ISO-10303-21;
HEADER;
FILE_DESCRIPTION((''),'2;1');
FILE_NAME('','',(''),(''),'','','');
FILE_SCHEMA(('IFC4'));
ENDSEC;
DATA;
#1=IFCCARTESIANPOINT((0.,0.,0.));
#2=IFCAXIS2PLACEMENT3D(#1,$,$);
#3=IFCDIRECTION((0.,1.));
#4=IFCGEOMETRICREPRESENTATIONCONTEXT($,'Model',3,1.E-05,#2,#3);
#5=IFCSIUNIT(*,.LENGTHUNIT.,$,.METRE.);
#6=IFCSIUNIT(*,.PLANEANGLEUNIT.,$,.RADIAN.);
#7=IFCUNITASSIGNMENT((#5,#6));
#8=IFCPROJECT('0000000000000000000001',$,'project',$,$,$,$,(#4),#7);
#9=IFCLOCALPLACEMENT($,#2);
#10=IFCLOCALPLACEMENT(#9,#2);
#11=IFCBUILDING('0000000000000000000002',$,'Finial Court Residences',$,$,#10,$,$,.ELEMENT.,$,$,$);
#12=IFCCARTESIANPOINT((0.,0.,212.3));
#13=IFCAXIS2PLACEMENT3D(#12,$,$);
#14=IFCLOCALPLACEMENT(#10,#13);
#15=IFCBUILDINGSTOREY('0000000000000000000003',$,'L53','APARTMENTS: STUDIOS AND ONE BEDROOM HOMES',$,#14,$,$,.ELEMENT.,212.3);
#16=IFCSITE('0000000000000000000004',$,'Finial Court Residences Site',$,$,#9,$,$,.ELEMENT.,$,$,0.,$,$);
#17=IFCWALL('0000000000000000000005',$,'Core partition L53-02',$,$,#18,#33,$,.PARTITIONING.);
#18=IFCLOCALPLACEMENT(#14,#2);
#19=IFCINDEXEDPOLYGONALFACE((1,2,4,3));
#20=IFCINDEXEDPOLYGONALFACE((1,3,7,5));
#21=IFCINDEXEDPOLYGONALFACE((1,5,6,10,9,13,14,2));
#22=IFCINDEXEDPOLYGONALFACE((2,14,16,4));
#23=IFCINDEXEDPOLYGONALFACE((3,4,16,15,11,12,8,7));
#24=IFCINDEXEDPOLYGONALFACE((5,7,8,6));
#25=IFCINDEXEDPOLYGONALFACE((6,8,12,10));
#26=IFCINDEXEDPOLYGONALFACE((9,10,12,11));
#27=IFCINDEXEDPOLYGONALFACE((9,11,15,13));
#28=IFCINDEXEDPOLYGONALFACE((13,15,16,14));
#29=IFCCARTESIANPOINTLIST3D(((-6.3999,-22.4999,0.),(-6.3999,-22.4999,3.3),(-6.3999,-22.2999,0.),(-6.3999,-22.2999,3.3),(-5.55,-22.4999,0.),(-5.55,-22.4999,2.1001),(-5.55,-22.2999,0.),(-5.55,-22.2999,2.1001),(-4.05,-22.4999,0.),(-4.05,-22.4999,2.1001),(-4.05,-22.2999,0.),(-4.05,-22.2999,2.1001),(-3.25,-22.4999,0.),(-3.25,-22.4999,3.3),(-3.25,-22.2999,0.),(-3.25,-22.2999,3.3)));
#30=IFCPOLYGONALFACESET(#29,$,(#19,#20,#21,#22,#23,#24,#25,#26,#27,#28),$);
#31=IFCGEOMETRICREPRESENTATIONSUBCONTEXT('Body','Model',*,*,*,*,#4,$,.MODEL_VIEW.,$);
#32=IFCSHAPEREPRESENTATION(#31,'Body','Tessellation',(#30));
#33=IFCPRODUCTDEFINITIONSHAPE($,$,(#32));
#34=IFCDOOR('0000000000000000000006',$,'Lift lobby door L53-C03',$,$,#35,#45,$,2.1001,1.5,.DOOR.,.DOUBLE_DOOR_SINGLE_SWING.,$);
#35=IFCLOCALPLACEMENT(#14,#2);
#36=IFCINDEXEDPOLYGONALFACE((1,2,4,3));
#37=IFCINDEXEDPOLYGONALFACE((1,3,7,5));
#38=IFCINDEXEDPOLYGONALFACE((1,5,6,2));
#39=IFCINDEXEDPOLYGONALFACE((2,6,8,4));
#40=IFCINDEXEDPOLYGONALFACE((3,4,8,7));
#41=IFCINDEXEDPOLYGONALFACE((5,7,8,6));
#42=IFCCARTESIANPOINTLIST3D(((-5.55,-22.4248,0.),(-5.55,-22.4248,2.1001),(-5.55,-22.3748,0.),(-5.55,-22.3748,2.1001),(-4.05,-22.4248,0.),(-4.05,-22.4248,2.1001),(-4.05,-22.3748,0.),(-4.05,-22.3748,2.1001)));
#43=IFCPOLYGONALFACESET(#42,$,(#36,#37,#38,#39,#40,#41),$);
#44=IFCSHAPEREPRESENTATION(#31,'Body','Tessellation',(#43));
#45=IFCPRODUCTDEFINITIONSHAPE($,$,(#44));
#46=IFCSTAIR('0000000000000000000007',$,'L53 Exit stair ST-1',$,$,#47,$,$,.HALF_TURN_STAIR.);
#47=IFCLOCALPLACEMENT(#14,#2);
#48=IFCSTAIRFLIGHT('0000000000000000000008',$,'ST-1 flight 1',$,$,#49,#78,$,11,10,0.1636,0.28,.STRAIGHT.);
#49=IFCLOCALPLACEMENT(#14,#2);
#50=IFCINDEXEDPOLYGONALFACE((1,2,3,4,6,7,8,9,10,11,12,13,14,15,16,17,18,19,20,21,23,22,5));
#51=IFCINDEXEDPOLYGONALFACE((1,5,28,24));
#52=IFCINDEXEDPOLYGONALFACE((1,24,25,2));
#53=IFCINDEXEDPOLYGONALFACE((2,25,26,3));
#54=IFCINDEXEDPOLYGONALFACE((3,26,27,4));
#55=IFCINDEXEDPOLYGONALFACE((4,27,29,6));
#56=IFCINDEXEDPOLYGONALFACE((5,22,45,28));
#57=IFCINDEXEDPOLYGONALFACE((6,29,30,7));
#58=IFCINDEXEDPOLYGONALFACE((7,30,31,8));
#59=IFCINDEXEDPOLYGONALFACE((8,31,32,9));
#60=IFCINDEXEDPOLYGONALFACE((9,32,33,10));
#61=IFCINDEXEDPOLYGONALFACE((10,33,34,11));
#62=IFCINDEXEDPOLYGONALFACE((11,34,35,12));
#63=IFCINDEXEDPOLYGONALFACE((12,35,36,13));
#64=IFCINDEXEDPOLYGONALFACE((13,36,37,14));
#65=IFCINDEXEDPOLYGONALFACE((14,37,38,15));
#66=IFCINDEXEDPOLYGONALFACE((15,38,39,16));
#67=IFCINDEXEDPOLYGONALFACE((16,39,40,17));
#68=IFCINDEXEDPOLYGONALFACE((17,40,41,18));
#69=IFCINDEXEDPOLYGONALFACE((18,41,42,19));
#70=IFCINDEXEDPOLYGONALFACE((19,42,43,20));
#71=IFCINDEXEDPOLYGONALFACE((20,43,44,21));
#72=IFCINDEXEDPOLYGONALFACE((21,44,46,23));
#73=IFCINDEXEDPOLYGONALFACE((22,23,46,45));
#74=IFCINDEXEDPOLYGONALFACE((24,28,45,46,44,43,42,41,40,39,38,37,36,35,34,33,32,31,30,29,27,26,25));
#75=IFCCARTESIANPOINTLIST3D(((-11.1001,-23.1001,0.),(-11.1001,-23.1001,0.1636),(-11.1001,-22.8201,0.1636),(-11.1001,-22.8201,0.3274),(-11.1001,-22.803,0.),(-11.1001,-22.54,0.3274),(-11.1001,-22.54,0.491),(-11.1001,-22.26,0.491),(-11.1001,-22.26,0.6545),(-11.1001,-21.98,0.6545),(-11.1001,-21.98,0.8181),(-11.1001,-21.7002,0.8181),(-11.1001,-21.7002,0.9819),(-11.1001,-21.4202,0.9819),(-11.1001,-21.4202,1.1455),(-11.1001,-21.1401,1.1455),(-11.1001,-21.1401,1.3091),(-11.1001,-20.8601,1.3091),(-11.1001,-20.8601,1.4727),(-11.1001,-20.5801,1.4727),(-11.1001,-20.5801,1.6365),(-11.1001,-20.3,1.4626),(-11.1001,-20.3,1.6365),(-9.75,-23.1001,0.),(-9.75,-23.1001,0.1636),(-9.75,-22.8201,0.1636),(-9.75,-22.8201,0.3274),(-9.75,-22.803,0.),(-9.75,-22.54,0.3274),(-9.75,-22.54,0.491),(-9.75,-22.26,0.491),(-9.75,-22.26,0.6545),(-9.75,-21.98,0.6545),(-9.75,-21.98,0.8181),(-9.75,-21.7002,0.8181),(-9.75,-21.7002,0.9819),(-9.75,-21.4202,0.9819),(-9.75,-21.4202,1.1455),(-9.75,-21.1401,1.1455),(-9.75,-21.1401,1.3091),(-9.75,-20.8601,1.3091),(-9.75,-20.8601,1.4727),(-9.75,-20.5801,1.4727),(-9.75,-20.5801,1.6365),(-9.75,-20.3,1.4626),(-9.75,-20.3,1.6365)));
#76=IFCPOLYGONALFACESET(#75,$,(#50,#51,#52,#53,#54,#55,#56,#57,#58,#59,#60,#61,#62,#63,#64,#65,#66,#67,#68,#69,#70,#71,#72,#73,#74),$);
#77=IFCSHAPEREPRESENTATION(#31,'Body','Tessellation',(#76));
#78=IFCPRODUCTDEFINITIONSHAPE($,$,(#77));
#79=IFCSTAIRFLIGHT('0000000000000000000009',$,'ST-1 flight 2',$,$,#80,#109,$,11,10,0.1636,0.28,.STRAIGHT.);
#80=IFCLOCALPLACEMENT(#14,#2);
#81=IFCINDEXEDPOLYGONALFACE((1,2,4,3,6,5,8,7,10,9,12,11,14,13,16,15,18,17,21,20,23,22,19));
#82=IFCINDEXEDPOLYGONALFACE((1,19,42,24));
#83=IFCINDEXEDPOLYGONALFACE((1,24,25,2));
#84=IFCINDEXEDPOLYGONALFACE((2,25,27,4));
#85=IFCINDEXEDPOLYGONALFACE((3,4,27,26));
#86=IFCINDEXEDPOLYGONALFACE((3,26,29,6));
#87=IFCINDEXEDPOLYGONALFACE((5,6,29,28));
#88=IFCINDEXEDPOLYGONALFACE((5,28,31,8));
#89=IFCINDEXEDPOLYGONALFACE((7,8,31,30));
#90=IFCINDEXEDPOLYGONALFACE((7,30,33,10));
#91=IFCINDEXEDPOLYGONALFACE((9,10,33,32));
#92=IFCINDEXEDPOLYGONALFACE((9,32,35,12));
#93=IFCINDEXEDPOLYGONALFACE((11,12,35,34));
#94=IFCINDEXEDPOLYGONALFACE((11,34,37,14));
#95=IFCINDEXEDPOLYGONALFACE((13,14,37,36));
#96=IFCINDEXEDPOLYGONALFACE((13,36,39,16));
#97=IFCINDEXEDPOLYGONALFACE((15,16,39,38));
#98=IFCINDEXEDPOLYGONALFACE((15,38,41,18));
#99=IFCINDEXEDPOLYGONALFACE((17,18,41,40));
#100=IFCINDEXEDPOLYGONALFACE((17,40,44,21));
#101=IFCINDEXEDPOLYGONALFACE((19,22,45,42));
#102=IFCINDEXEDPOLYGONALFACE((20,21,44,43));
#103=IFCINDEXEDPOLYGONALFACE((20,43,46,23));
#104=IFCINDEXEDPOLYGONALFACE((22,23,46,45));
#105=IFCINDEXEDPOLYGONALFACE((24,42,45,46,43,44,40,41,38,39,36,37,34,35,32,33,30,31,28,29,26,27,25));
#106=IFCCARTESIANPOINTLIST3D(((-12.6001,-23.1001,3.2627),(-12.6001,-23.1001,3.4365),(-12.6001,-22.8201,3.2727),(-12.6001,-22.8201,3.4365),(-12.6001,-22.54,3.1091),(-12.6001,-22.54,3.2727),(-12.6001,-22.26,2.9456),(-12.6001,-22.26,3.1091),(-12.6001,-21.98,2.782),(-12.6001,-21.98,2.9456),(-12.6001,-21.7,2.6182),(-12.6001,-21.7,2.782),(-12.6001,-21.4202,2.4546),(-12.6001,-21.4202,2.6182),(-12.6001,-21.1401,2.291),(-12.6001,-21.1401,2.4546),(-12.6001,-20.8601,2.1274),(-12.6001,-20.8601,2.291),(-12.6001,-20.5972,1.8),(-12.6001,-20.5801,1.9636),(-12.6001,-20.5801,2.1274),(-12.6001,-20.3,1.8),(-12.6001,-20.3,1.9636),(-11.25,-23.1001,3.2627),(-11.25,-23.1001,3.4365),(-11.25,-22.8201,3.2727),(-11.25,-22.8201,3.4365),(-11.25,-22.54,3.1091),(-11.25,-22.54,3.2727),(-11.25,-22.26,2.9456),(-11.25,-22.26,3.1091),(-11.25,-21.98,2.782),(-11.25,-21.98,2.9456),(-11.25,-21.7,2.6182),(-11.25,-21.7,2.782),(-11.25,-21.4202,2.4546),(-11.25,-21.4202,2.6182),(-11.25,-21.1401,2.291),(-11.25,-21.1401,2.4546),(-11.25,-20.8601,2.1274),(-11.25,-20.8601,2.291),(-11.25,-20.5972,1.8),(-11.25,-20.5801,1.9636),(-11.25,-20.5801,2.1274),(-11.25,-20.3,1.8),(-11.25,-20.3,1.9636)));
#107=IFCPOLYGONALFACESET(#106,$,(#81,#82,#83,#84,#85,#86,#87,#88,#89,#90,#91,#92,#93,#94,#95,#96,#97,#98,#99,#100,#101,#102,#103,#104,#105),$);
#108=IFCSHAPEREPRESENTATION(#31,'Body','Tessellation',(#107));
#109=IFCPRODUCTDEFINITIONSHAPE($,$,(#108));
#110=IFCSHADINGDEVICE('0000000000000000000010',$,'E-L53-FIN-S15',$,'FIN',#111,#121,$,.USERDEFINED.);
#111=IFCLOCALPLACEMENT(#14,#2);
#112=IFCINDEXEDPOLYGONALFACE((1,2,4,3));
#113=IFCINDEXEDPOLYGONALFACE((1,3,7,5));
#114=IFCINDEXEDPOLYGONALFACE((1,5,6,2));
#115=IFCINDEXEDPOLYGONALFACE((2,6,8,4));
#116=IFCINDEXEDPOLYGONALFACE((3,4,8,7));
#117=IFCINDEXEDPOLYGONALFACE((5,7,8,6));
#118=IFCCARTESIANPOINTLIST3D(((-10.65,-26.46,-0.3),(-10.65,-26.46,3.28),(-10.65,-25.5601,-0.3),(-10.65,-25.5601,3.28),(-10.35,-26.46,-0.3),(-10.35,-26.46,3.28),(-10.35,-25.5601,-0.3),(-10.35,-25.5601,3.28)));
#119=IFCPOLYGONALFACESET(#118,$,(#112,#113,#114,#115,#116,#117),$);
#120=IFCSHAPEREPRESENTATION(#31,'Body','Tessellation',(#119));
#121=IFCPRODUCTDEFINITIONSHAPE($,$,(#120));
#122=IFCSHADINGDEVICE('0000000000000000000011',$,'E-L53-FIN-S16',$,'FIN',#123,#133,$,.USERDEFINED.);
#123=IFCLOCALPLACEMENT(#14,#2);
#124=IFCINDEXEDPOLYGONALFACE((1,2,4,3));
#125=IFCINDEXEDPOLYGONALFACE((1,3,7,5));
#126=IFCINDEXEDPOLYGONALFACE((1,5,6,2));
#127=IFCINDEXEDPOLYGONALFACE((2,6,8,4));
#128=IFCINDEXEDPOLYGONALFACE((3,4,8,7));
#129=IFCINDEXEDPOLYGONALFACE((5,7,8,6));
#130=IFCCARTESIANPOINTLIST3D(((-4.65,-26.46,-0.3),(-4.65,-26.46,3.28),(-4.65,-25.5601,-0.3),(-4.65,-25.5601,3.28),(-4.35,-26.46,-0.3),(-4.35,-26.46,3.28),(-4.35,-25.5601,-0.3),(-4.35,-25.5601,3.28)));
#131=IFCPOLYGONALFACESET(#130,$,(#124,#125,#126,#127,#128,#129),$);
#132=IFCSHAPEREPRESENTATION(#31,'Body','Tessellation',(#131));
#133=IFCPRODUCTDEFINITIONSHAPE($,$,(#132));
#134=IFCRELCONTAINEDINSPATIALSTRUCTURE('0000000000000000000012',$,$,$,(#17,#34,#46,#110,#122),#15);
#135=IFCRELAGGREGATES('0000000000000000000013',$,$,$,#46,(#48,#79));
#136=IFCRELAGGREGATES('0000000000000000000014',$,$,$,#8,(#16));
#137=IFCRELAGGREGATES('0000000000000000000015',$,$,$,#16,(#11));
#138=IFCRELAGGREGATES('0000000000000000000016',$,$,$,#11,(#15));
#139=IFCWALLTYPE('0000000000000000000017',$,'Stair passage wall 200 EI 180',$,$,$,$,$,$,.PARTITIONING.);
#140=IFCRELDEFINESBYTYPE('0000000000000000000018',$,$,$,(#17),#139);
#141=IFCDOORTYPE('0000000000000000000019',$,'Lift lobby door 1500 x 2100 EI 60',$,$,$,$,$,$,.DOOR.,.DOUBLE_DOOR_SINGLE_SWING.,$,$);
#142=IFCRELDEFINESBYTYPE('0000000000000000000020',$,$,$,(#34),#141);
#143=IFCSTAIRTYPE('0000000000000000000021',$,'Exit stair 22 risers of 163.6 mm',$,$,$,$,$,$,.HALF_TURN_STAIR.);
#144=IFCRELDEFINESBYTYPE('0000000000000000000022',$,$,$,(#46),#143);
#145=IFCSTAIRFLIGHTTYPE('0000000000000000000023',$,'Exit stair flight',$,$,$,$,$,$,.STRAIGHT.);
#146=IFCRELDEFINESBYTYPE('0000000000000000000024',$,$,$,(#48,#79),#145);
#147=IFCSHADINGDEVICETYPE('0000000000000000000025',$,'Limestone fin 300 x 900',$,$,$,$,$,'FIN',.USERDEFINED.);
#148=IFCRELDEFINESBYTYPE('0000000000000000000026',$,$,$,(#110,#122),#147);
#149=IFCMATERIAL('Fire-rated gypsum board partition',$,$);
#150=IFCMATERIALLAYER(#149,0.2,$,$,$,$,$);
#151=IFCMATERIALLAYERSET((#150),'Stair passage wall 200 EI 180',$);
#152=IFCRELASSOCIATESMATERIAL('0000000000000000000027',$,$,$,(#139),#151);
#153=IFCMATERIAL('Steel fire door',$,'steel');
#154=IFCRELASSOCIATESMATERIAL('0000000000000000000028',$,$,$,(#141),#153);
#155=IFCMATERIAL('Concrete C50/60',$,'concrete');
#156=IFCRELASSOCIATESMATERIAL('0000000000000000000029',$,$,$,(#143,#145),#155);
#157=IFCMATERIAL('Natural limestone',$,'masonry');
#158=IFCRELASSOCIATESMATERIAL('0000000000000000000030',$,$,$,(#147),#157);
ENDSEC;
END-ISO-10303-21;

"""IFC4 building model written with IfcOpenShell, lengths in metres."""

from ifc_helpers import new_model, si_unit, direction, frame, frame_2d, origin, origin_2d, place, context, subcontext, project, spatial, polyline, rectangle, outline, extrude, material, layer, layer_set, type_object, element, fill, aggregate, save


model = new_model("IFC4")

# Units and contexts
model_context = context("Model", 3, precision=1e-05, world=origin(), true_north=direction((0.0, 1.0)))
body_context = subcontext(model_context, "Body", "Model", "MODEL_VIEW")
ifc_project = project(units=[si_unit("LENGTHUNIT", "METRE"), si_unit("PLANEANGLEUNIT", "RADIAN")], contexts=[model_context])

# Site, building, storey
site_placement = place(None, origin())
site = spatial("IfcSite", under=ifc_project, at=site_placement, Name="Finial Court Residences Site", CompositionType="ELEMENT", RefElevation=0.0)
building_placement = place(site_placement, origin())
building = spatial("IfcBuilding", under=site, at=building_placement, Name="Finial Court Residences", CompositionType="ELEMENT")
storey_placement = place(building_placement, frame((0.0, 0.0, 212.3)))
storey = spatial("IfcBuildingStorey", under=building, at=storey_placement, Name="L53", Description="APARTMENTS: STUDIOS AND ONE BEDROOM HOMES", CompositionType="ELEMENT", Elevation=212.3)

# Shared definitions
ifc_material_1 = material(Name="Steel fire door", Category="steel")

# Shared definitions
ifc_material_2 = material(Name="Fire-rated gypsum board partition")

# Wall, opening, door
ifc_layer_1 = layer(ifc_material_2, 0.2)
ifc_layer_set_1 = layer_set([ifc_layer_1], Name="Stair passage wall 200 EI 180")
wall_type_1 = type_object("IfcWallType", Name="Stair passage wall 200 EI 180", PredefinedType="PARTITIONING", material=ifc_layer_set_1)
wall_1_placement = place(storey_placement, frame((-3.25, -22.3999, 0.0), z_axis=(0.0, 0.0, 1.0), x_axis=(-1.0, 0.0, 0.0)))
wall_1 = element("IfcWall", 1, at=wall_1_placement, inside=storey, type_object=wall_type_1, Name="Core partition L53-02", PredefinedType="PARTITIONING", context=body_context, shape_type="SweptSolid", body=[
    extrude(rectangle(XDim=3.1499, YDim=0.2, at=frame_2d((1.575, 0.0))), origin(), (0.0, 0.0, 1.0), 3.3),
])
opening_1_placement = place(wall_1_placement, frame((0.8, 0.0, 0.0)))
opening_1 = element("IfcOpeningElement", 2, at=opening_1_placement, cuts=wall_1, PredefinedType="OPENING", context=body_context, shape_type="SweptSolid", body=[
    extrude(rectangle(XDim=1.5, YDim=2.1001, at=frame_2d((0.75, 1.05))), frame((0.0, 0.1099, 0.0), z_axis=(0.0, -1.0, 0.0), x_axis=(1.0, 0.0, 0.0)), (0.0, 0.0, 1.0), 0.22),
])
door_type_1 = type_object("IfcDoorType", Name="Lift lobby door 1500 x 2100 EI 60", OperationType="DOUBLE_DOOR_SINGLE_SWING", PredefinedType="DOOR", material=ifc_material_1)
door_1_placement = place(opening_1_placement, origin())
door_1 = element("IfcDoor", 3, at=door_1_placement, inside=storey, type_object=door_type_1, Name="Lift lobby door L53-C03", OperationType="DOUBLE_DOOR_SINGLE_SWING", OverallHeight=2.1001, OverallWidth=1.5, PredefinedType="DOOR", context=body_context, shape_type="SweptSolid", body=[
    extrude(rectangle(XDim=1.5, YDim=2.1001, at=frame_2d((0.75, 1.05))), frame((0.0, 0.0249, 0.0), z_axis=(0.0, -1.0, 0.0), x_axis=(1.0, 0.0, 0.0)), (0.0, 0.0, 1.0), 0.05),
])
fill(opening_1, door_1)

# Stair, stair flights
ifc_material_3 = material(Name="Concrete C50/60", Category="concrete")
stair_type = type_object("IfcStairType", Name="Exit stair 22 risers of 163.6 mm", PredefinedType="HALF_TURN_STAIR", material=ifc_material_3)
stair_placement = place(storey_placement, origin())
stair = element("IfcStair", 4, at=stair_placement, inside=storey, type_object=stair_type, Name="L53 Exit stair ST-1", PredefinedType="HALF_TURN_STAIR")
stair_flight_type = type_object("IfcStairFlightType", Name="Exit stair flight", PredefinedType="STRAIGHT", material=ifc_material_3)
stair_flight_1_placement = place(storey_placement, frame((-10.425, -23.1001, 0.0), z_axis=(0.0, 0.0, 1.0), x_axis=(0.0, 1.0, 0.0)))
stair_flight_1 = element("IfcStairFlight", 5, at=stair_flight_1_placement, type_object=stair_flight_type, Name="ST-1 flight 1", NumberOfRisers=11, NumberOfTreads=10, PredefinedType="STRAIGHT", RiserHeight=0.1636, TreadLength=0.28, context=body_context, shape_type="SweptSolid", body=[
    extrude(outline(polyline([(0.0, 0.0), (0.0, 0.1636), (0.28, 0.1636), (0.28, 0.3274), (0.5601, 0.3274), (0.5601, 0.491), (0.8401, 0.491), (0.8401, 0.6545), (1.1201, 0.6545), (1.1201, 0.8181), (1.3999, 0.8181), (1.3999, 0.9819), (1.6799, 0.9819), (1.6799, 1.1455), (1.96, 1.1455), (1.96, 1.3091), (2.24, 1.3091), (2.24, 1.4727), (2.52, 1.4727), (2.52, 1.6365), (2.8, 1.6365), (2.8, 1.8), (2.8, 1.4626), (0.2971, 0.0), (0.0, 0.0)])), frame((0.0, 0.675, 0.0), z_axis=(0.0, -1.0, 0.0), x_axis=(1.0, 0.0, 0.0)), (0.0, 0.0, 1.0), 1.3501),
])
stair_flight_2_placement = place(storey_placement, frame((-11.925, -20.3, 1.8), z_axis=(0.0, 0.0, 1.0), x_axis=(0.0, -1.0, 0.0)))
stair_flight_2 = element("IfcStairFlight", 6, at=stair_flight_2_placement, type_object=stair_flight_type, Name="ST-1 flight 2", NumberOfRisers=11, NumberOfTreads=10, PredefinedType="STRAIGHT", RiserHeight=0.1636, TreadLength=0.28, context=body_context, shape_type="SweptSolid", body=[
    extrude(outline(polyline([(0.0, 0.0), (0.0, 0.1636), (0.28, 0.1636), (0.28, 0.3274), (0.5601, 0.3274), (0.5601, 0.491), (0.8401, 0.491), (0.8401, 0.6545), (1.1201, 0.6545), (1.1201, 0.8181), (1.3999, 0.8181), (1.3999, 0.9819), (1.6799, 0.9819), (1.6799, 1.1455), (1.96, 1.1455), (1.96, 1.3091), (2.24, 1.3091), (2.24, 1.4727), (2.52, 1.4727), (2.52, 1.6365), (2.8, 1.6365), (2.8, 1.8), (2.8, 1.4626), (0.2971, 0.0), (0.0, 0.0)])), frame((0.0, 0.675, 0.0), z_axis=(0.0, -1.0, 0.0), x_axis=(1.0, 0.0, 0.0)), (0.0, 0.0, 1.0), 1.3501),
])
aggregate(stair, [stair_flight_1, stair_flight_2])

# Shading devices
ifc_material_4 = material(Name="Natural limestone", Category="masonry")
shading_device_type = type_object("IfcShadingDeviceType", Name="Limestone fin 300 x 900", ElementType="FIN", PredefinedType="USERDEFINED", material=ifc_material_4)
for number, where, z_axis, x_axis, name in (
    (7, (-10.5, -26.01, -0.3), (0.0, 0.0, 1.0), (1.0, 0.0, 0.0), "E-L53-FIN-S15"),
    (8, (-4.5, -26.01, -0.3), (0.0, 0.0, 1.0), (1.0, 0.0, 0.0), "E-L53-FIN-S16"),
):
    element("IfcShadingDevice", number, at=place(storey_placement, frame(where, z_axis=z_axis, x_axis=x_axis)), inside=storey, type_object=shading_device_type, Name=name, ObjectType="FIN", PredefinedType="USERDEFINED", context=body_context, shape_type="SweptSolid", body=[
        extrude(rectangle(XDim=0.3, YDim=0.8999, at=origin_2d()), origin(), (0.0, 0.0, 1.0), 3.5801),
    ])

save(model, "model.ifc")
